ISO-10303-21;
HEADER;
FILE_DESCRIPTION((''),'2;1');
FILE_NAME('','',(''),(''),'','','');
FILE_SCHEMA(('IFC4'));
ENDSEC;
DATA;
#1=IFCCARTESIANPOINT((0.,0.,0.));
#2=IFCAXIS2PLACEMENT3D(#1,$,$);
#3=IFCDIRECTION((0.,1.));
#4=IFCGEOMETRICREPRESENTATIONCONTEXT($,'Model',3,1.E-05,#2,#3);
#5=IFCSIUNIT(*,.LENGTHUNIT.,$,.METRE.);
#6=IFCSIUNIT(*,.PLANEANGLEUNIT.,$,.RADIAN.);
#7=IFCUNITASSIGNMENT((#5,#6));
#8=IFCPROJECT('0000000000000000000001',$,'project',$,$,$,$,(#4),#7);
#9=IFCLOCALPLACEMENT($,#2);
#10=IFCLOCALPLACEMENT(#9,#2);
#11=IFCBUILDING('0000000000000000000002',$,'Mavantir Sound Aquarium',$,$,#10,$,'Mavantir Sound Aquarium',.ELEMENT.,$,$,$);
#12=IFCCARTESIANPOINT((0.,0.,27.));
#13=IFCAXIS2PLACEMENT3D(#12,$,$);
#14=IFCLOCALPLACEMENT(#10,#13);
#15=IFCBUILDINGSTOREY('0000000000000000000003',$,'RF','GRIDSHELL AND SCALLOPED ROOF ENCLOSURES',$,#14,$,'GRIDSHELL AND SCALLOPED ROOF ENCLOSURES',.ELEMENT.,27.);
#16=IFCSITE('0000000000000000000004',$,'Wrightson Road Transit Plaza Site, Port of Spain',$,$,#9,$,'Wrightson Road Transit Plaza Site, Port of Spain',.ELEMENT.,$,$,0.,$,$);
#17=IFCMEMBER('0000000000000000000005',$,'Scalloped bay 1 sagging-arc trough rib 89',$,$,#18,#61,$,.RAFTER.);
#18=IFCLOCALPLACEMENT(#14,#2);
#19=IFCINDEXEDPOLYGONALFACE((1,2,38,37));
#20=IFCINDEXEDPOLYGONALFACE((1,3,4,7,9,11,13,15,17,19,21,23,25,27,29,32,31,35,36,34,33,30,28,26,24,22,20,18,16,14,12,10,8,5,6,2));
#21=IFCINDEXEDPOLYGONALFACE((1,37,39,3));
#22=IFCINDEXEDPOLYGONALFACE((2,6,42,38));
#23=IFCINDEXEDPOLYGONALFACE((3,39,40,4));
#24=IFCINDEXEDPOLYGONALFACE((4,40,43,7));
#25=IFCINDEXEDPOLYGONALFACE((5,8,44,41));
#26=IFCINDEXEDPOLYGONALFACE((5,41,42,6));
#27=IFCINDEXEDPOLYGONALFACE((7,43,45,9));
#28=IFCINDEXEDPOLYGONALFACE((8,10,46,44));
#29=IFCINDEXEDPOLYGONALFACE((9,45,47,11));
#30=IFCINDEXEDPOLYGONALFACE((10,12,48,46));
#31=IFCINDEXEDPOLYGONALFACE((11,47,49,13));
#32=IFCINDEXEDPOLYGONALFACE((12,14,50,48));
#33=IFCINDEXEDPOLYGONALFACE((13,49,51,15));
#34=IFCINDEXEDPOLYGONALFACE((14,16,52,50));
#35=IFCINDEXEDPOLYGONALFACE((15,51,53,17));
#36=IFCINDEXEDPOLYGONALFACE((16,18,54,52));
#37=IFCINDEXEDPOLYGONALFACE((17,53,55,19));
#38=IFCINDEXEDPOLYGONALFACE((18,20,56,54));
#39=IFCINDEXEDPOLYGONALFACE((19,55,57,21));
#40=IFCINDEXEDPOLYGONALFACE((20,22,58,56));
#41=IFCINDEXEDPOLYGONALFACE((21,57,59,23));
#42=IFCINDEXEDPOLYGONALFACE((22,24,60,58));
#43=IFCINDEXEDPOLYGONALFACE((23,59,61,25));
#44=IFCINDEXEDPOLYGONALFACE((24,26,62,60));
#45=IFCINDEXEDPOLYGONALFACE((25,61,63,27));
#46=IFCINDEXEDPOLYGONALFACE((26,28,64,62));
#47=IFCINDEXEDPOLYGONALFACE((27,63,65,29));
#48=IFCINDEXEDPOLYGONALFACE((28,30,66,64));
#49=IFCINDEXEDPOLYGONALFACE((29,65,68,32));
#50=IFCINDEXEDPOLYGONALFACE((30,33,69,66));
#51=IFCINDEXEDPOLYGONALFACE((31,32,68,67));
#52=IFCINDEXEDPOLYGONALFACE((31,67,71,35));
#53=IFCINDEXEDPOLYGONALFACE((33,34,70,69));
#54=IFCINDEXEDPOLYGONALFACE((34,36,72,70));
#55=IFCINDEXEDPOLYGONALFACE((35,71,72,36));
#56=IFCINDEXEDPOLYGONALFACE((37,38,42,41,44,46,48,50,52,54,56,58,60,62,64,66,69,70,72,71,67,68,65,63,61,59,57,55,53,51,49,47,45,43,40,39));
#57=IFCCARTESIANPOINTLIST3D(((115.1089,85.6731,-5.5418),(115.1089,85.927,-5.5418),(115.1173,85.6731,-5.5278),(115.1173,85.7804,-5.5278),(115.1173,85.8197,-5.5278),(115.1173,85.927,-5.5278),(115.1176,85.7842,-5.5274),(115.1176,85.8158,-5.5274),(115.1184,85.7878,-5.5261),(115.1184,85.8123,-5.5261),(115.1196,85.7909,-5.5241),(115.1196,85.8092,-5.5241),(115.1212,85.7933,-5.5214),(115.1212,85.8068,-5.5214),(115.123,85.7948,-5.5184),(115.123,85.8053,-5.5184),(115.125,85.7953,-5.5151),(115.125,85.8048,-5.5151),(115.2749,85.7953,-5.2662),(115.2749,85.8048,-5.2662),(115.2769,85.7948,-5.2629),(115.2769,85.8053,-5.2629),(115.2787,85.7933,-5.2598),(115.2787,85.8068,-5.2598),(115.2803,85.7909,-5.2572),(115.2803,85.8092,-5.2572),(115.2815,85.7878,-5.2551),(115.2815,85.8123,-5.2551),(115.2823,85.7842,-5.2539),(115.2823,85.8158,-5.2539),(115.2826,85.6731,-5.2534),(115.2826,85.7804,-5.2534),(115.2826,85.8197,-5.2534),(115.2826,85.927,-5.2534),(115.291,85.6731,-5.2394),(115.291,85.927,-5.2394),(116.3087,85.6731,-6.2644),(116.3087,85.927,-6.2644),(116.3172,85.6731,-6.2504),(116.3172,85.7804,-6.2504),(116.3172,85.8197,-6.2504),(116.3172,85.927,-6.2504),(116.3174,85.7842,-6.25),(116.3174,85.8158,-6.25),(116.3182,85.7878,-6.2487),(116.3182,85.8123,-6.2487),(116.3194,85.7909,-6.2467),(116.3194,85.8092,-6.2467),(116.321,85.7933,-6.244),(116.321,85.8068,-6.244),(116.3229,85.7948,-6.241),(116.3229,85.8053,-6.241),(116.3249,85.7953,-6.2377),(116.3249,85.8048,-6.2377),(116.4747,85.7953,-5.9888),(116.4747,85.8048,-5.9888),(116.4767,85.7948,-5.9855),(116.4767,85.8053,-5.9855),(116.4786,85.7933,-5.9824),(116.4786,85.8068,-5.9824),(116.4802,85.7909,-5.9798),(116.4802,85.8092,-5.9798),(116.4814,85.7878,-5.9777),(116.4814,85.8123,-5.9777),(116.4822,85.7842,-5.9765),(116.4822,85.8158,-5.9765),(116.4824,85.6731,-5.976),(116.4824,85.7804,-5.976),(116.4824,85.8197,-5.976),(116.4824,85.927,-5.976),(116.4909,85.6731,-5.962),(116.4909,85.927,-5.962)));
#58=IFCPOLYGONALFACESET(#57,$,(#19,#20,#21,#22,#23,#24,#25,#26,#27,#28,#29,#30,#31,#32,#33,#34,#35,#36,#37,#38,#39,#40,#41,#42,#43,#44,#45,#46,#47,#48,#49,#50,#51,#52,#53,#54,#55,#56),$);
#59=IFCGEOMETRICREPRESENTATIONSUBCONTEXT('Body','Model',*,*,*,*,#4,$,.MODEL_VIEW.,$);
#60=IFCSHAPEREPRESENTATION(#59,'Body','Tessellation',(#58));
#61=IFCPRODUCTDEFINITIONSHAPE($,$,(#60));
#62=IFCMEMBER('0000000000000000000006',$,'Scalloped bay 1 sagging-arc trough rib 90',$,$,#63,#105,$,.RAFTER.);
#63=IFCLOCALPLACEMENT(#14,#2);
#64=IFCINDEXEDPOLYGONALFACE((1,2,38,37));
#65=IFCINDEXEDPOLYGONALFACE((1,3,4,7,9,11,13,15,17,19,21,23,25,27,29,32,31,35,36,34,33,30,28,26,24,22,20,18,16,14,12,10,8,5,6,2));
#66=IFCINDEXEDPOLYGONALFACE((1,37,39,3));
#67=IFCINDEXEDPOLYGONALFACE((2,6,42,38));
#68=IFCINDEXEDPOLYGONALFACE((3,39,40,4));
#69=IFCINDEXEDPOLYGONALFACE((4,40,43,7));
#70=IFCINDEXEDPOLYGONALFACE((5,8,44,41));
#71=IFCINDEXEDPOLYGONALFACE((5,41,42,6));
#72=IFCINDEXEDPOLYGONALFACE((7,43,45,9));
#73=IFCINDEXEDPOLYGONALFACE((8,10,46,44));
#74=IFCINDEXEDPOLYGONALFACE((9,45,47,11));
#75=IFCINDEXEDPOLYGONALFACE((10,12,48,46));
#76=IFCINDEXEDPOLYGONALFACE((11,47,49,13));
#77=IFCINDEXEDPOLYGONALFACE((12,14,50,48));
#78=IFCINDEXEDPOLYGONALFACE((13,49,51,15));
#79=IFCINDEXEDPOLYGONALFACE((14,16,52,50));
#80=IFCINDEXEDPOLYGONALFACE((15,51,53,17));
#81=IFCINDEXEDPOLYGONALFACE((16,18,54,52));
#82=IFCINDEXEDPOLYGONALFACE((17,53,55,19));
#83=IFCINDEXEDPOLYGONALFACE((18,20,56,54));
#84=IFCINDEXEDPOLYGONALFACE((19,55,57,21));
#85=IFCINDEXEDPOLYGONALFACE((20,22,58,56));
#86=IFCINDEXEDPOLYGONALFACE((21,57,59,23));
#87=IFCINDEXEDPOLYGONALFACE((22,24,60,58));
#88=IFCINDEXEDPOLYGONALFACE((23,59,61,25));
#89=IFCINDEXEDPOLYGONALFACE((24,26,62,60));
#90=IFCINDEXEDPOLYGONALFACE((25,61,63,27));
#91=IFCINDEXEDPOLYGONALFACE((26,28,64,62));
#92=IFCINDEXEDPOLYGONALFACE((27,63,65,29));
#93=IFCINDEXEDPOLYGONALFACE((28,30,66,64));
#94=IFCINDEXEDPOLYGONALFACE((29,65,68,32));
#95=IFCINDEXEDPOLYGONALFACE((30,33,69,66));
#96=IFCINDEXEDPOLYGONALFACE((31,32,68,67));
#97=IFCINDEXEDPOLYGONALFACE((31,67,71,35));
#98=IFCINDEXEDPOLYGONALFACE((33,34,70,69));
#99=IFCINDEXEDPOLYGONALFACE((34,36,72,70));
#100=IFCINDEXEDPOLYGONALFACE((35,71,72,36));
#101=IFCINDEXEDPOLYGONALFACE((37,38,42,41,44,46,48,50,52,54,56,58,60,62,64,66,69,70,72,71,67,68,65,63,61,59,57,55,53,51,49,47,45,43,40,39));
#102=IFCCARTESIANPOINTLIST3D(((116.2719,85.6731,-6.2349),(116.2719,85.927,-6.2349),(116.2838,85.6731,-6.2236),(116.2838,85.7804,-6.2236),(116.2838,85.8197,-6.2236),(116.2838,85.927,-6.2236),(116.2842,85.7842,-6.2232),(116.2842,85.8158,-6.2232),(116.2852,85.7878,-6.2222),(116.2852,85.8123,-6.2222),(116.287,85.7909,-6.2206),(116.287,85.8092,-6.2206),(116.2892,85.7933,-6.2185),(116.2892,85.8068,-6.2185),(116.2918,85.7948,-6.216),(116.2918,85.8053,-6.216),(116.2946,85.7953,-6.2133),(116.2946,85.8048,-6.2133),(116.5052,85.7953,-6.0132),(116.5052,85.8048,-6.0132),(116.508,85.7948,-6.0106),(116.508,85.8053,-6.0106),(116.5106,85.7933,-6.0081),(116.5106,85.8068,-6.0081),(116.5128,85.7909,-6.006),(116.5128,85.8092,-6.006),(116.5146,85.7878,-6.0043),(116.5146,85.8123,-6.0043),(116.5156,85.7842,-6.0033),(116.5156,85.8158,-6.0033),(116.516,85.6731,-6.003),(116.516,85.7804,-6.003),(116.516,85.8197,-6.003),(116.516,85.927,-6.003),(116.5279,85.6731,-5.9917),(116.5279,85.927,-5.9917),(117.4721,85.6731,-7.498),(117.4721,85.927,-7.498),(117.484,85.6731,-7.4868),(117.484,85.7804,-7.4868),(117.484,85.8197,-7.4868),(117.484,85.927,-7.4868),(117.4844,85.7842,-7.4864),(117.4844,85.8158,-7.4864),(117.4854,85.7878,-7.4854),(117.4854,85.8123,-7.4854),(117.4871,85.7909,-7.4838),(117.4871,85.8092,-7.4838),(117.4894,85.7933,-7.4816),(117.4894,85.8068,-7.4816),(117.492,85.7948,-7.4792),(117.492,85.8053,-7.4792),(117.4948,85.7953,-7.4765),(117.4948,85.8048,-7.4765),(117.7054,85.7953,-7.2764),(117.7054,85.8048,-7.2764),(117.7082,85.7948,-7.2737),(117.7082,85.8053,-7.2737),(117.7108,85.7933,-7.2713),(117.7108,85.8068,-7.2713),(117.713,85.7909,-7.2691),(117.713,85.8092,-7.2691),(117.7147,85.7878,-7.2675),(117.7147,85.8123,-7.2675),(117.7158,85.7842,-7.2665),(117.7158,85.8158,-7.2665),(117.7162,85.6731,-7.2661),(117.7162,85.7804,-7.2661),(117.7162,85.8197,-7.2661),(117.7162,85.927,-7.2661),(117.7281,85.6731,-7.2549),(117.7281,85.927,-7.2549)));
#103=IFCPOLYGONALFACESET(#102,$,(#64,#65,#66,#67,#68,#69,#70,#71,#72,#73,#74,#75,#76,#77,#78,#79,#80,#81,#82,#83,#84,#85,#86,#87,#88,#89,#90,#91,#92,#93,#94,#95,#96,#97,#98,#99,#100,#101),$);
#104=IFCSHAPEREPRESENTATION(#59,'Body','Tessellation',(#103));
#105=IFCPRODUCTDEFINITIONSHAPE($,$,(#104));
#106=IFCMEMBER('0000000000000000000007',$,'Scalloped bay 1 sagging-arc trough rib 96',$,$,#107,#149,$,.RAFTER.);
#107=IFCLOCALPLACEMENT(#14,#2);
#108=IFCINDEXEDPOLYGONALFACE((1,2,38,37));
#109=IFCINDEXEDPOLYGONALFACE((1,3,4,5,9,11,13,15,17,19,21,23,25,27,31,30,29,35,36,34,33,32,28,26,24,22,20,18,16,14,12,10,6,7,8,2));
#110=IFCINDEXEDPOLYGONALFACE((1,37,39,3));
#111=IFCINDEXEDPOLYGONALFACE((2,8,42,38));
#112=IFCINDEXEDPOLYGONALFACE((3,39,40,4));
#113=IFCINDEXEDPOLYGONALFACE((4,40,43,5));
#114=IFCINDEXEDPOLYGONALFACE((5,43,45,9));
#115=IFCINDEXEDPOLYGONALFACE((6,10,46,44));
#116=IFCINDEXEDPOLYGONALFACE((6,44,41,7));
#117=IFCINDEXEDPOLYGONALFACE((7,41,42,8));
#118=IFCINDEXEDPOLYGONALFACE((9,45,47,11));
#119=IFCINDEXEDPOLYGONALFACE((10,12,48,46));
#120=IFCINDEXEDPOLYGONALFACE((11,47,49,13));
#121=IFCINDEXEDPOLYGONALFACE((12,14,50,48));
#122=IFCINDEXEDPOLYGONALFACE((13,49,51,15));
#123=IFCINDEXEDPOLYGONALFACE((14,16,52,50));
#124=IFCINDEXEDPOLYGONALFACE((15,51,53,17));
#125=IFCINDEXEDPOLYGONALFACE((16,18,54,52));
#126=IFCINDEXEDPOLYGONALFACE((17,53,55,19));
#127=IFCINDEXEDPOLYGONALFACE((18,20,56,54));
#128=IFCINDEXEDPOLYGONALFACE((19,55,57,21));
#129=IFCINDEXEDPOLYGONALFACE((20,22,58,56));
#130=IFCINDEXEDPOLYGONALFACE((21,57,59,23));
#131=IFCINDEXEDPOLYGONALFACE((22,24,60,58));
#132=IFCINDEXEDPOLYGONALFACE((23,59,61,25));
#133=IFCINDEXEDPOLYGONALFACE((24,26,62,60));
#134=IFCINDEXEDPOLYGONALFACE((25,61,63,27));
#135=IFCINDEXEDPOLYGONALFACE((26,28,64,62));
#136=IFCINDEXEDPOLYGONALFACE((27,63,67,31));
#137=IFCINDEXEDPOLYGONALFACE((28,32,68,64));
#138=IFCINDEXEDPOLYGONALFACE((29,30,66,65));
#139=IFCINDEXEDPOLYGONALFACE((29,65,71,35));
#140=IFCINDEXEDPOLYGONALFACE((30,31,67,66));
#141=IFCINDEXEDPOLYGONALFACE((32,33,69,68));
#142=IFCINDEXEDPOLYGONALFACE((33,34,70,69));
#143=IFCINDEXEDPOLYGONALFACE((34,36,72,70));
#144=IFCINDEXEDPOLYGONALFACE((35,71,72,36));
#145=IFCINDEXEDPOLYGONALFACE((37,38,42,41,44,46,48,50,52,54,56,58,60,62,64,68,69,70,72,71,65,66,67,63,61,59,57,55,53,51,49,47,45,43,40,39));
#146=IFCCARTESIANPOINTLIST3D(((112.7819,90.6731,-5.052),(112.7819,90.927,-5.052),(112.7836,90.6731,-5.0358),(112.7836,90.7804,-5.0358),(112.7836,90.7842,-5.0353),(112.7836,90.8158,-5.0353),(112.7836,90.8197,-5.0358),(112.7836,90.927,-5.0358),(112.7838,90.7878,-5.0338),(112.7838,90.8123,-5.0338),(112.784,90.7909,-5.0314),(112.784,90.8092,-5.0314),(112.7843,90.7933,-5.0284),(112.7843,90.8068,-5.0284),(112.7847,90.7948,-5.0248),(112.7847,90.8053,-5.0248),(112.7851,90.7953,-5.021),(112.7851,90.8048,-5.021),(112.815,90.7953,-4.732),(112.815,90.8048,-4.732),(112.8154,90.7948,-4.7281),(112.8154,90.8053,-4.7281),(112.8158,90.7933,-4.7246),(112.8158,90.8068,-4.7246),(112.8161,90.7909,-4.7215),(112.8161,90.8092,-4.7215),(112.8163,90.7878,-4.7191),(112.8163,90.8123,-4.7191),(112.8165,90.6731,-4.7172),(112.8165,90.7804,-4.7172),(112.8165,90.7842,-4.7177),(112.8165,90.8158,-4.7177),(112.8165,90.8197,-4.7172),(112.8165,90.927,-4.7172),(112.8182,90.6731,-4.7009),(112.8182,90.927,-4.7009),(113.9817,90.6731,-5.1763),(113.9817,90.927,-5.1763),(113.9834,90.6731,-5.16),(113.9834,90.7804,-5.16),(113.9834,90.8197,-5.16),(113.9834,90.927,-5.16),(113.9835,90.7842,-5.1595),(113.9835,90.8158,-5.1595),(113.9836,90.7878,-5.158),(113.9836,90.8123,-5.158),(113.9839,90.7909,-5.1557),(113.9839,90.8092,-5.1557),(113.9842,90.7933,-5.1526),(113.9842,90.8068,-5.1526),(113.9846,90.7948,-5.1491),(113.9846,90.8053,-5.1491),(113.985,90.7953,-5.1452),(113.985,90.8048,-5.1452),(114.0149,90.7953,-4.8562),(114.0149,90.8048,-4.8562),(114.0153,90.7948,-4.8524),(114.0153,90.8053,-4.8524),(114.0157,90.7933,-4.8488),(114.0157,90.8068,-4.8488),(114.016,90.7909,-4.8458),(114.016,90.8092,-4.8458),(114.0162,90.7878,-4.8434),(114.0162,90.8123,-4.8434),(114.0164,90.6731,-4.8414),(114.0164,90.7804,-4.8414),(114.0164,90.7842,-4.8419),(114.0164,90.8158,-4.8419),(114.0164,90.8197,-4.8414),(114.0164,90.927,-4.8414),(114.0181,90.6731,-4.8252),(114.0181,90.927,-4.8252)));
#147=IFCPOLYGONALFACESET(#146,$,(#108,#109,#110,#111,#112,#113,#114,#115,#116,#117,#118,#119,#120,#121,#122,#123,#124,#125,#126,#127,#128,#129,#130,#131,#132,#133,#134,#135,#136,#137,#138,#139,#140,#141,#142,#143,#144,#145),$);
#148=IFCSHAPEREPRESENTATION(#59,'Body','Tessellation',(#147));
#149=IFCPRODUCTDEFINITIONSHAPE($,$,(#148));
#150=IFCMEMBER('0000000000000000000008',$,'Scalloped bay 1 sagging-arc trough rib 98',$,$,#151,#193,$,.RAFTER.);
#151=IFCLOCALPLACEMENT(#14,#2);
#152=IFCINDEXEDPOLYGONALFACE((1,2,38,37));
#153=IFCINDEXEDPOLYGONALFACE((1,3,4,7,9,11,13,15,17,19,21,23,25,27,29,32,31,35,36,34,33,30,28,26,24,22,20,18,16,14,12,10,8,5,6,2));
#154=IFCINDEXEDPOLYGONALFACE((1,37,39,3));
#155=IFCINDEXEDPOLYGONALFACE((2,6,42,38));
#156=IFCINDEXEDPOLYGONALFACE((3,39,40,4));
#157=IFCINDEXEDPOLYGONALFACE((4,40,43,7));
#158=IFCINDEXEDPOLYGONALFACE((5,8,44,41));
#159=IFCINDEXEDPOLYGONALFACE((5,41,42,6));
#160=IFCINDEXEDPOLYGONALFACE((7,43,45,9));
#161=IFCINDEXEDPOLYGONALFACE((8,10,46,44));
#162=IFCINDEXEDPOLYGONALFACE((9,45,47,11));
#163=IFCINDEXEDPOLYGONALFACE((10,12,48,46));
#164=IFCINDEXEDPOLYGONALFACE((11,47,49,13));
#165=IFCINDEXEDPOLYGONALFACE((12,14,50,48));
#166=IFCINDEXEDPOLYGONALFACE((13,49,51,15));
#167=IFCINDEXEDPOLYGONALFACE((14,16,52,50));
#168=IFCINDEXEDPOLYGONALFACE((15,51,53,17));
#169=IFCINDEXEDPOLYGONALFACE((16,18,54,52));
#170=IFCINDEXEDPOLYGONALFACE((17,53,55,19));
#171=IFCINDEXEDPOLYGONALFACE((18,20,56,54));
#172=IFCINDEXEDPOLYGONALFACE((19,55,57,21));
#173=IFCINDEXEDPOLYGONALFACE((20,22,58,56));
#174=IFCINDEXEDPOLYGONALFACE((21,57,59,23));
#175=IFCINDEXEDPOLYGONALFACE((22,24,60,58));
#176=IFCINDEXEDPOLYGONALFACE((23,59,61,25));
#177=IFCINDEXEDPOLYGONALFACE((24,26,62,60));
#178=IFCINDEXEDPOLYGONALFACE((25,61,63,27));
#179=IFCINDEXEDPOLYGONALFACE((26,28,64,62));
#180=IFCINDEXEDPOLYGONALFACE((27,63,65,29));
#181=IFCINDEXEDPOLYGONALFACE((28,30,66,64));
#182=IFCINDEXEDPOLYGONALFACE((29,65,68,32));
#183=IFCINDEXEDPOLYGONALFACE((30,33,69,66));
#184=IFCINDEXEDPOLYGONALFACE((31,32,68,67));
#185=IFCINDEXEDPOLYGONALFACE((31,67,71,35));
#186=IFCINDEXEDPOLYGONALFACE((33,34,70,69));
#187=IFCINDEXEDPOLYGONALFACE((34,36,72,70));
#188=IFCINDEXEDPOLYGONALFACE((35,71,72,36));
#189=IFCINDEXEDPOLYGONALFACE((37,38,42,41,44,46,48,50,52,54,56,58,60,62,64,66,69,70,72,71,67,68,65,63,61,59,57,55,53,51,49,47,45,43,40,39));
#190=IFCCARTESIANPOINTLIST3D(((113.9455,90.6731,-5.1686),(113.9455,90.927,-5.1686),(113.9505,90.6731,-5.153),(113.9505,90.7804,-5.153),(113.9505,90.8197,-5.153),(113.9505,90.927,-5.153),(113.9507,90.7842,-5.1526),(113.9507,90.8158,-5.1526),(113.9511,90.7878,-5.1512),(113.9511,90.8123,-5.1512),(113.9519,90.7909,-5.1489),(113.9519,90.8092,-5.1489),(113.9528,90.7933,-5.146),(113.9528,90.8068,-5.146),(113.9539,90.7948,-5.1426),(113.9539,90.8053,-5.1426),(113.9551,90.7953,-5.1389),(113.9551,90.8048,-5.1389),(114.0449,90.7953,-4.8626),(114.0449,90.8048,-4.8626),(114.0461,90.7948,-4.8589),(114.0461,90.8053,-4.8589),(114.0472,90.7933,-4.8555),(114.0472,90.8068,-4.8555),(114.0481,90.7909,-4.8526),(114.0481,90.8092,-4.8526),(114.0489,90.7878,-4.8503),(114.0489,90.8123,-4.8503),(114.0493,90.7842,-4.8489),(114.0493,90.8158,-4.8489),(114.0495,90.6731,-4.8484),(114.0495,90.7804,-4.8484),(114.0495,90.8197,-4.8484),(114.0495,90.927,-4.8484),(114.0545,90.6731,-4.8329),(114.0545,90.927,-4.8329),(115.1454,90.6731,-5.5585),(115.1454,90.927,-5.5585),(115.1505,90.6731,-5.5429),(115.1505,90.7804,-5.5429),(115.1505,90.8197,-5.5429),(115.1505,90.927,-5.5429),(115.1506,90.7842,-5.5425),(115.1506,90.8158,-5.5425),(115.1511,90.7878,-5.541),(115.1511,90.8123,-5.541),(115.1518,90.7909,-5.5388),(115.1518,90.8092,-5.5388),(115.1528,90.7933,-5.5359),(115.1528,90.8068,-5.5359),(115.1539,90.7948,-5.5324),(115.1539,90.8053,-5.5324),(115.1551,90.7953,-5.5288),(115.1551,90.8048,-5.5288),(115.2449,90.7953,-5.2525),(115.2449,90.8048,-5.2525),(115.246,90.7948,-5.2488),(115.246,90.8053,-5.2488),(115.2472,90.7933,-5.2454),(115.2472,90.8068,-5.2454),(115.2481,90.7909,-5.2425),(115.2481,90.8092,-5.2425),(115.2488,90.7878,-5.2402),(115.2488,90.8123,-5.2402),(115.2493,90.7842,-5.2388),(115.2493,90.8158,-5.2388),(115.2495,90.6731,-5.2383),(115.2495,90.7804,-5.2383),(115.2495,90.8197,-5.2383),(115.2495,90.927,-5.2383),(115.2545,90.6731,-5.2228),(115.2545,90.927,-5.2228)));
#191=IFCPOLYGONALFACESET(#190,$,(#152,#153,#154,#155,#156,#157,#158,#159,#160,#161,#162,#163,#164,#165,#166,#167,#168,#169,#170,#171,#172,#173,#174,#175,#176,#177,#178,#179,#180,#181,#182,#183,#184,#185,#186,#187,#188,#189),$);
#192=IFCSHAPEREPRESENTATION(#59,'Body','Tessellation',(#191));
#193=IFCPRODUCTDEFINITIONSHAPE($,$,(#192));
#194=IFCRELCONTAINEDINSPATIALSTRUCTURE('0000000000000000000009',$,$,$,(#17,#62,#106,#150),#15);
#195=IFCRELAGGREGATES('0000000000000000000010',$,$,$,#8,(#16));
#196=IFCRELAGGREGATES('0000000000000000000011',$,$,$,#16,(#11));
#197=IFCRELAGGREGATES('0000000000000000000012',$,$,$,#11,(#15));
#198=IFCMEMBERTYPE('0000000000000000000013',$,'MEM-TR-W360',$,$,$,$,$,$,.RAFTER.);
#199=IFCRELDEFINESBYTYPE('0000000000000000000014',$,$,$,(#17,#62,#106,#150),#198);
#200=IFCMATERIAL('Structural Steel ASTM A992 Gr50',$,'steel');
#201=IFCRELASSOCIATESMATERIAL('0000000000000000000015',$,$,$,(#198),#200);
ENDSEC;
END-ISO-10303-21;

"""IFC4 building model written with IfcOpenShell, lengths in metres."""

from ifc_helpers import new_model, si_unit, direction, frame, origin, origin_2d, place, context, subcontext, project, spatial, i_section, extrude, material, material_profile, profile_set, type_object, element, save


model = new_model("IFC4")

# Units and contexts
model_context = context("Model", 3, precision=1e-05, world=origin(), true_north=direction((0.0, 1.0)))
body_context = subcontext(model_context, "Body", "Model", "MODEL_VIEW")
ifc_project = project(units=[si_unit("LENGTHUNIT", "METRE"), si_unit("PLANEANGLEUNIT", "RADIAN")], contexts=[model_context])

# Site, building, storey
site_placement = place(None, origin())
site = spatial("IfcSite", under=ifc_project, at=site_placement, Name="Wrightson Road Transit Plaza Site, Port of Spain", LongName="Wrightson Road Transit Plaza Site, Port of Spain", CompositionType="ELEMENT", RefElevation=0.0)
building_placement = place(site_placement, origin())
building = spatial("IfcBuilding", under=site, at=building_placement, Name="Mavantir Sound Aquarium", LongName="Mavantir Sound Aquarium", CompositionType="ELEMENT")
storey_placement = place(building_placement, frame((0.0, 0.0, 27.0)))
storey = spatial("IfcBuildingStorey", under=building, at=storey_placement, Name="RF", Description="GRIDSHELL AND SCALLOPED ROOF ENCLOSURES", LongName="GRIDSHELL AND SCALLOPED ROOF ENCLOSURES", CompositionType="ELEMENT", Elevation=27.0)

# Shared definitions
ifc_material_1 = material(Name="Structural Steel ASTM A992 Gr50", Category="steel")

# Members
ifc_material_profile_1 = material_profile(ifc_material_1, i_section(OverallWidth=0.2539, OverallDepth=0.353, WebThickness=0.0095, FlangeThickness=0.0164, FilletRadius=0.0149, at=origin_2d()), Name="W360X91")
ifc_profile_set_1 = profile_set([ifc_material_profile_1], Name="Structural Steel ASTM A992 Gr50")
member_type_1 = type_object("IfcMemberType", Name="MEM-TR-W360", PredefinedType="RAFTER", material=ifc_profile_set_1)
member_1_placement = place(storey_placement, frame((115.2, 85.8, -5.3906), z_axis=(0.856646, 0.0, -0.515905), x_axis=(0.0, 1.0, 0.0)))
element("IfcMember", 1, at=member_1_placement, inside=storey, type_object=member_type_1, Name="Scalloped bay 1 sagging-arc trough rib 89", PredefinedType="RAFTER", context=body_context, shape_type="SweptSolid", body=[
    extrude(i_section(OverallWidth=0.2539, OverallDepth=0.353, WebThickness=0.0095, FlangeThickness=0.0164, FilletRadius=0.0149, at=origin_2d()), origin(), (0.0, 0.0, 1.0), 1.4006),
])
member_2_placement = place(storey_placement, frame((116.3999, 85.8, -6.1133), z_axis=(0.688801, 0.0, -0.72495), x_axis=(0.0, 1.0, 0.0)))
element("IfcMember", 2, at=member_2_placement, inside=storey, type_object=member_type_1, Name="Scalloped bay 1 sagging-arc trough rib 90", PredefinedType="RAFTER", context=body_context, shape_type="SweptSolid", body=[
    extrude(i_section(OverallWidth=0.2539, OverallDepth=0.353, WebThickness=0.0095, FlangeThickness=0.0164, FilletRadius=0.0149, at=origin_2d()), origin(), (0.0, 0.0, 1.0), 1.7424),
])
member_3_placement = place(storey_placement, frame((112.8, 90.8, -4.8765), z_axis=(0.99468, 0.0, -0.10301), x_axis=(0.0, 1.0, 0.0)))
element("IfcMember", 3, at=member_3_placement, inside=storey, type_object=member_type_1, Name="Scalloped bay 1 sagging-arc trough rib 96", PredefinedType="RAFTER", context=body_context, shape_type="SweptSolid", body=[
    extrude(i_section(OverallWidth=0.2539, OverallDepth=0.353, WebThickness=0.0095, FlangeThickness=0.0164, FilletRadius=0.0149, at=origin_2d()), origin(), (0.0, 0.0, 1.0), 1.2063),
])
member_4_placement = place(storey_placement, frame((114.0, 90.8, -5.0007), z_axis=(0.951055, 0.0, -0.30902), x_axis=(0.0, 1.0, 0.0)))
element("IfcMember", 4, at=member_4_placement, inside=storey, type_object=member_type_1, Name="Scalloped bay 1 sagging-arc trough rib 98", PredefinedType="RAFTER", context=body_context, shape_type="SweptSolid", body=[
    extrude(i_section(OverallWidth=0.2539, OverallDepth=0.353, WebThickness=0.0095, FlangeThickness=0.0164, FilletRadius=0.0149, at=origin_2d()), origin(), (0.0, 0.0, 1.0), 1.2617),
])

save(model, "model.ifc")
